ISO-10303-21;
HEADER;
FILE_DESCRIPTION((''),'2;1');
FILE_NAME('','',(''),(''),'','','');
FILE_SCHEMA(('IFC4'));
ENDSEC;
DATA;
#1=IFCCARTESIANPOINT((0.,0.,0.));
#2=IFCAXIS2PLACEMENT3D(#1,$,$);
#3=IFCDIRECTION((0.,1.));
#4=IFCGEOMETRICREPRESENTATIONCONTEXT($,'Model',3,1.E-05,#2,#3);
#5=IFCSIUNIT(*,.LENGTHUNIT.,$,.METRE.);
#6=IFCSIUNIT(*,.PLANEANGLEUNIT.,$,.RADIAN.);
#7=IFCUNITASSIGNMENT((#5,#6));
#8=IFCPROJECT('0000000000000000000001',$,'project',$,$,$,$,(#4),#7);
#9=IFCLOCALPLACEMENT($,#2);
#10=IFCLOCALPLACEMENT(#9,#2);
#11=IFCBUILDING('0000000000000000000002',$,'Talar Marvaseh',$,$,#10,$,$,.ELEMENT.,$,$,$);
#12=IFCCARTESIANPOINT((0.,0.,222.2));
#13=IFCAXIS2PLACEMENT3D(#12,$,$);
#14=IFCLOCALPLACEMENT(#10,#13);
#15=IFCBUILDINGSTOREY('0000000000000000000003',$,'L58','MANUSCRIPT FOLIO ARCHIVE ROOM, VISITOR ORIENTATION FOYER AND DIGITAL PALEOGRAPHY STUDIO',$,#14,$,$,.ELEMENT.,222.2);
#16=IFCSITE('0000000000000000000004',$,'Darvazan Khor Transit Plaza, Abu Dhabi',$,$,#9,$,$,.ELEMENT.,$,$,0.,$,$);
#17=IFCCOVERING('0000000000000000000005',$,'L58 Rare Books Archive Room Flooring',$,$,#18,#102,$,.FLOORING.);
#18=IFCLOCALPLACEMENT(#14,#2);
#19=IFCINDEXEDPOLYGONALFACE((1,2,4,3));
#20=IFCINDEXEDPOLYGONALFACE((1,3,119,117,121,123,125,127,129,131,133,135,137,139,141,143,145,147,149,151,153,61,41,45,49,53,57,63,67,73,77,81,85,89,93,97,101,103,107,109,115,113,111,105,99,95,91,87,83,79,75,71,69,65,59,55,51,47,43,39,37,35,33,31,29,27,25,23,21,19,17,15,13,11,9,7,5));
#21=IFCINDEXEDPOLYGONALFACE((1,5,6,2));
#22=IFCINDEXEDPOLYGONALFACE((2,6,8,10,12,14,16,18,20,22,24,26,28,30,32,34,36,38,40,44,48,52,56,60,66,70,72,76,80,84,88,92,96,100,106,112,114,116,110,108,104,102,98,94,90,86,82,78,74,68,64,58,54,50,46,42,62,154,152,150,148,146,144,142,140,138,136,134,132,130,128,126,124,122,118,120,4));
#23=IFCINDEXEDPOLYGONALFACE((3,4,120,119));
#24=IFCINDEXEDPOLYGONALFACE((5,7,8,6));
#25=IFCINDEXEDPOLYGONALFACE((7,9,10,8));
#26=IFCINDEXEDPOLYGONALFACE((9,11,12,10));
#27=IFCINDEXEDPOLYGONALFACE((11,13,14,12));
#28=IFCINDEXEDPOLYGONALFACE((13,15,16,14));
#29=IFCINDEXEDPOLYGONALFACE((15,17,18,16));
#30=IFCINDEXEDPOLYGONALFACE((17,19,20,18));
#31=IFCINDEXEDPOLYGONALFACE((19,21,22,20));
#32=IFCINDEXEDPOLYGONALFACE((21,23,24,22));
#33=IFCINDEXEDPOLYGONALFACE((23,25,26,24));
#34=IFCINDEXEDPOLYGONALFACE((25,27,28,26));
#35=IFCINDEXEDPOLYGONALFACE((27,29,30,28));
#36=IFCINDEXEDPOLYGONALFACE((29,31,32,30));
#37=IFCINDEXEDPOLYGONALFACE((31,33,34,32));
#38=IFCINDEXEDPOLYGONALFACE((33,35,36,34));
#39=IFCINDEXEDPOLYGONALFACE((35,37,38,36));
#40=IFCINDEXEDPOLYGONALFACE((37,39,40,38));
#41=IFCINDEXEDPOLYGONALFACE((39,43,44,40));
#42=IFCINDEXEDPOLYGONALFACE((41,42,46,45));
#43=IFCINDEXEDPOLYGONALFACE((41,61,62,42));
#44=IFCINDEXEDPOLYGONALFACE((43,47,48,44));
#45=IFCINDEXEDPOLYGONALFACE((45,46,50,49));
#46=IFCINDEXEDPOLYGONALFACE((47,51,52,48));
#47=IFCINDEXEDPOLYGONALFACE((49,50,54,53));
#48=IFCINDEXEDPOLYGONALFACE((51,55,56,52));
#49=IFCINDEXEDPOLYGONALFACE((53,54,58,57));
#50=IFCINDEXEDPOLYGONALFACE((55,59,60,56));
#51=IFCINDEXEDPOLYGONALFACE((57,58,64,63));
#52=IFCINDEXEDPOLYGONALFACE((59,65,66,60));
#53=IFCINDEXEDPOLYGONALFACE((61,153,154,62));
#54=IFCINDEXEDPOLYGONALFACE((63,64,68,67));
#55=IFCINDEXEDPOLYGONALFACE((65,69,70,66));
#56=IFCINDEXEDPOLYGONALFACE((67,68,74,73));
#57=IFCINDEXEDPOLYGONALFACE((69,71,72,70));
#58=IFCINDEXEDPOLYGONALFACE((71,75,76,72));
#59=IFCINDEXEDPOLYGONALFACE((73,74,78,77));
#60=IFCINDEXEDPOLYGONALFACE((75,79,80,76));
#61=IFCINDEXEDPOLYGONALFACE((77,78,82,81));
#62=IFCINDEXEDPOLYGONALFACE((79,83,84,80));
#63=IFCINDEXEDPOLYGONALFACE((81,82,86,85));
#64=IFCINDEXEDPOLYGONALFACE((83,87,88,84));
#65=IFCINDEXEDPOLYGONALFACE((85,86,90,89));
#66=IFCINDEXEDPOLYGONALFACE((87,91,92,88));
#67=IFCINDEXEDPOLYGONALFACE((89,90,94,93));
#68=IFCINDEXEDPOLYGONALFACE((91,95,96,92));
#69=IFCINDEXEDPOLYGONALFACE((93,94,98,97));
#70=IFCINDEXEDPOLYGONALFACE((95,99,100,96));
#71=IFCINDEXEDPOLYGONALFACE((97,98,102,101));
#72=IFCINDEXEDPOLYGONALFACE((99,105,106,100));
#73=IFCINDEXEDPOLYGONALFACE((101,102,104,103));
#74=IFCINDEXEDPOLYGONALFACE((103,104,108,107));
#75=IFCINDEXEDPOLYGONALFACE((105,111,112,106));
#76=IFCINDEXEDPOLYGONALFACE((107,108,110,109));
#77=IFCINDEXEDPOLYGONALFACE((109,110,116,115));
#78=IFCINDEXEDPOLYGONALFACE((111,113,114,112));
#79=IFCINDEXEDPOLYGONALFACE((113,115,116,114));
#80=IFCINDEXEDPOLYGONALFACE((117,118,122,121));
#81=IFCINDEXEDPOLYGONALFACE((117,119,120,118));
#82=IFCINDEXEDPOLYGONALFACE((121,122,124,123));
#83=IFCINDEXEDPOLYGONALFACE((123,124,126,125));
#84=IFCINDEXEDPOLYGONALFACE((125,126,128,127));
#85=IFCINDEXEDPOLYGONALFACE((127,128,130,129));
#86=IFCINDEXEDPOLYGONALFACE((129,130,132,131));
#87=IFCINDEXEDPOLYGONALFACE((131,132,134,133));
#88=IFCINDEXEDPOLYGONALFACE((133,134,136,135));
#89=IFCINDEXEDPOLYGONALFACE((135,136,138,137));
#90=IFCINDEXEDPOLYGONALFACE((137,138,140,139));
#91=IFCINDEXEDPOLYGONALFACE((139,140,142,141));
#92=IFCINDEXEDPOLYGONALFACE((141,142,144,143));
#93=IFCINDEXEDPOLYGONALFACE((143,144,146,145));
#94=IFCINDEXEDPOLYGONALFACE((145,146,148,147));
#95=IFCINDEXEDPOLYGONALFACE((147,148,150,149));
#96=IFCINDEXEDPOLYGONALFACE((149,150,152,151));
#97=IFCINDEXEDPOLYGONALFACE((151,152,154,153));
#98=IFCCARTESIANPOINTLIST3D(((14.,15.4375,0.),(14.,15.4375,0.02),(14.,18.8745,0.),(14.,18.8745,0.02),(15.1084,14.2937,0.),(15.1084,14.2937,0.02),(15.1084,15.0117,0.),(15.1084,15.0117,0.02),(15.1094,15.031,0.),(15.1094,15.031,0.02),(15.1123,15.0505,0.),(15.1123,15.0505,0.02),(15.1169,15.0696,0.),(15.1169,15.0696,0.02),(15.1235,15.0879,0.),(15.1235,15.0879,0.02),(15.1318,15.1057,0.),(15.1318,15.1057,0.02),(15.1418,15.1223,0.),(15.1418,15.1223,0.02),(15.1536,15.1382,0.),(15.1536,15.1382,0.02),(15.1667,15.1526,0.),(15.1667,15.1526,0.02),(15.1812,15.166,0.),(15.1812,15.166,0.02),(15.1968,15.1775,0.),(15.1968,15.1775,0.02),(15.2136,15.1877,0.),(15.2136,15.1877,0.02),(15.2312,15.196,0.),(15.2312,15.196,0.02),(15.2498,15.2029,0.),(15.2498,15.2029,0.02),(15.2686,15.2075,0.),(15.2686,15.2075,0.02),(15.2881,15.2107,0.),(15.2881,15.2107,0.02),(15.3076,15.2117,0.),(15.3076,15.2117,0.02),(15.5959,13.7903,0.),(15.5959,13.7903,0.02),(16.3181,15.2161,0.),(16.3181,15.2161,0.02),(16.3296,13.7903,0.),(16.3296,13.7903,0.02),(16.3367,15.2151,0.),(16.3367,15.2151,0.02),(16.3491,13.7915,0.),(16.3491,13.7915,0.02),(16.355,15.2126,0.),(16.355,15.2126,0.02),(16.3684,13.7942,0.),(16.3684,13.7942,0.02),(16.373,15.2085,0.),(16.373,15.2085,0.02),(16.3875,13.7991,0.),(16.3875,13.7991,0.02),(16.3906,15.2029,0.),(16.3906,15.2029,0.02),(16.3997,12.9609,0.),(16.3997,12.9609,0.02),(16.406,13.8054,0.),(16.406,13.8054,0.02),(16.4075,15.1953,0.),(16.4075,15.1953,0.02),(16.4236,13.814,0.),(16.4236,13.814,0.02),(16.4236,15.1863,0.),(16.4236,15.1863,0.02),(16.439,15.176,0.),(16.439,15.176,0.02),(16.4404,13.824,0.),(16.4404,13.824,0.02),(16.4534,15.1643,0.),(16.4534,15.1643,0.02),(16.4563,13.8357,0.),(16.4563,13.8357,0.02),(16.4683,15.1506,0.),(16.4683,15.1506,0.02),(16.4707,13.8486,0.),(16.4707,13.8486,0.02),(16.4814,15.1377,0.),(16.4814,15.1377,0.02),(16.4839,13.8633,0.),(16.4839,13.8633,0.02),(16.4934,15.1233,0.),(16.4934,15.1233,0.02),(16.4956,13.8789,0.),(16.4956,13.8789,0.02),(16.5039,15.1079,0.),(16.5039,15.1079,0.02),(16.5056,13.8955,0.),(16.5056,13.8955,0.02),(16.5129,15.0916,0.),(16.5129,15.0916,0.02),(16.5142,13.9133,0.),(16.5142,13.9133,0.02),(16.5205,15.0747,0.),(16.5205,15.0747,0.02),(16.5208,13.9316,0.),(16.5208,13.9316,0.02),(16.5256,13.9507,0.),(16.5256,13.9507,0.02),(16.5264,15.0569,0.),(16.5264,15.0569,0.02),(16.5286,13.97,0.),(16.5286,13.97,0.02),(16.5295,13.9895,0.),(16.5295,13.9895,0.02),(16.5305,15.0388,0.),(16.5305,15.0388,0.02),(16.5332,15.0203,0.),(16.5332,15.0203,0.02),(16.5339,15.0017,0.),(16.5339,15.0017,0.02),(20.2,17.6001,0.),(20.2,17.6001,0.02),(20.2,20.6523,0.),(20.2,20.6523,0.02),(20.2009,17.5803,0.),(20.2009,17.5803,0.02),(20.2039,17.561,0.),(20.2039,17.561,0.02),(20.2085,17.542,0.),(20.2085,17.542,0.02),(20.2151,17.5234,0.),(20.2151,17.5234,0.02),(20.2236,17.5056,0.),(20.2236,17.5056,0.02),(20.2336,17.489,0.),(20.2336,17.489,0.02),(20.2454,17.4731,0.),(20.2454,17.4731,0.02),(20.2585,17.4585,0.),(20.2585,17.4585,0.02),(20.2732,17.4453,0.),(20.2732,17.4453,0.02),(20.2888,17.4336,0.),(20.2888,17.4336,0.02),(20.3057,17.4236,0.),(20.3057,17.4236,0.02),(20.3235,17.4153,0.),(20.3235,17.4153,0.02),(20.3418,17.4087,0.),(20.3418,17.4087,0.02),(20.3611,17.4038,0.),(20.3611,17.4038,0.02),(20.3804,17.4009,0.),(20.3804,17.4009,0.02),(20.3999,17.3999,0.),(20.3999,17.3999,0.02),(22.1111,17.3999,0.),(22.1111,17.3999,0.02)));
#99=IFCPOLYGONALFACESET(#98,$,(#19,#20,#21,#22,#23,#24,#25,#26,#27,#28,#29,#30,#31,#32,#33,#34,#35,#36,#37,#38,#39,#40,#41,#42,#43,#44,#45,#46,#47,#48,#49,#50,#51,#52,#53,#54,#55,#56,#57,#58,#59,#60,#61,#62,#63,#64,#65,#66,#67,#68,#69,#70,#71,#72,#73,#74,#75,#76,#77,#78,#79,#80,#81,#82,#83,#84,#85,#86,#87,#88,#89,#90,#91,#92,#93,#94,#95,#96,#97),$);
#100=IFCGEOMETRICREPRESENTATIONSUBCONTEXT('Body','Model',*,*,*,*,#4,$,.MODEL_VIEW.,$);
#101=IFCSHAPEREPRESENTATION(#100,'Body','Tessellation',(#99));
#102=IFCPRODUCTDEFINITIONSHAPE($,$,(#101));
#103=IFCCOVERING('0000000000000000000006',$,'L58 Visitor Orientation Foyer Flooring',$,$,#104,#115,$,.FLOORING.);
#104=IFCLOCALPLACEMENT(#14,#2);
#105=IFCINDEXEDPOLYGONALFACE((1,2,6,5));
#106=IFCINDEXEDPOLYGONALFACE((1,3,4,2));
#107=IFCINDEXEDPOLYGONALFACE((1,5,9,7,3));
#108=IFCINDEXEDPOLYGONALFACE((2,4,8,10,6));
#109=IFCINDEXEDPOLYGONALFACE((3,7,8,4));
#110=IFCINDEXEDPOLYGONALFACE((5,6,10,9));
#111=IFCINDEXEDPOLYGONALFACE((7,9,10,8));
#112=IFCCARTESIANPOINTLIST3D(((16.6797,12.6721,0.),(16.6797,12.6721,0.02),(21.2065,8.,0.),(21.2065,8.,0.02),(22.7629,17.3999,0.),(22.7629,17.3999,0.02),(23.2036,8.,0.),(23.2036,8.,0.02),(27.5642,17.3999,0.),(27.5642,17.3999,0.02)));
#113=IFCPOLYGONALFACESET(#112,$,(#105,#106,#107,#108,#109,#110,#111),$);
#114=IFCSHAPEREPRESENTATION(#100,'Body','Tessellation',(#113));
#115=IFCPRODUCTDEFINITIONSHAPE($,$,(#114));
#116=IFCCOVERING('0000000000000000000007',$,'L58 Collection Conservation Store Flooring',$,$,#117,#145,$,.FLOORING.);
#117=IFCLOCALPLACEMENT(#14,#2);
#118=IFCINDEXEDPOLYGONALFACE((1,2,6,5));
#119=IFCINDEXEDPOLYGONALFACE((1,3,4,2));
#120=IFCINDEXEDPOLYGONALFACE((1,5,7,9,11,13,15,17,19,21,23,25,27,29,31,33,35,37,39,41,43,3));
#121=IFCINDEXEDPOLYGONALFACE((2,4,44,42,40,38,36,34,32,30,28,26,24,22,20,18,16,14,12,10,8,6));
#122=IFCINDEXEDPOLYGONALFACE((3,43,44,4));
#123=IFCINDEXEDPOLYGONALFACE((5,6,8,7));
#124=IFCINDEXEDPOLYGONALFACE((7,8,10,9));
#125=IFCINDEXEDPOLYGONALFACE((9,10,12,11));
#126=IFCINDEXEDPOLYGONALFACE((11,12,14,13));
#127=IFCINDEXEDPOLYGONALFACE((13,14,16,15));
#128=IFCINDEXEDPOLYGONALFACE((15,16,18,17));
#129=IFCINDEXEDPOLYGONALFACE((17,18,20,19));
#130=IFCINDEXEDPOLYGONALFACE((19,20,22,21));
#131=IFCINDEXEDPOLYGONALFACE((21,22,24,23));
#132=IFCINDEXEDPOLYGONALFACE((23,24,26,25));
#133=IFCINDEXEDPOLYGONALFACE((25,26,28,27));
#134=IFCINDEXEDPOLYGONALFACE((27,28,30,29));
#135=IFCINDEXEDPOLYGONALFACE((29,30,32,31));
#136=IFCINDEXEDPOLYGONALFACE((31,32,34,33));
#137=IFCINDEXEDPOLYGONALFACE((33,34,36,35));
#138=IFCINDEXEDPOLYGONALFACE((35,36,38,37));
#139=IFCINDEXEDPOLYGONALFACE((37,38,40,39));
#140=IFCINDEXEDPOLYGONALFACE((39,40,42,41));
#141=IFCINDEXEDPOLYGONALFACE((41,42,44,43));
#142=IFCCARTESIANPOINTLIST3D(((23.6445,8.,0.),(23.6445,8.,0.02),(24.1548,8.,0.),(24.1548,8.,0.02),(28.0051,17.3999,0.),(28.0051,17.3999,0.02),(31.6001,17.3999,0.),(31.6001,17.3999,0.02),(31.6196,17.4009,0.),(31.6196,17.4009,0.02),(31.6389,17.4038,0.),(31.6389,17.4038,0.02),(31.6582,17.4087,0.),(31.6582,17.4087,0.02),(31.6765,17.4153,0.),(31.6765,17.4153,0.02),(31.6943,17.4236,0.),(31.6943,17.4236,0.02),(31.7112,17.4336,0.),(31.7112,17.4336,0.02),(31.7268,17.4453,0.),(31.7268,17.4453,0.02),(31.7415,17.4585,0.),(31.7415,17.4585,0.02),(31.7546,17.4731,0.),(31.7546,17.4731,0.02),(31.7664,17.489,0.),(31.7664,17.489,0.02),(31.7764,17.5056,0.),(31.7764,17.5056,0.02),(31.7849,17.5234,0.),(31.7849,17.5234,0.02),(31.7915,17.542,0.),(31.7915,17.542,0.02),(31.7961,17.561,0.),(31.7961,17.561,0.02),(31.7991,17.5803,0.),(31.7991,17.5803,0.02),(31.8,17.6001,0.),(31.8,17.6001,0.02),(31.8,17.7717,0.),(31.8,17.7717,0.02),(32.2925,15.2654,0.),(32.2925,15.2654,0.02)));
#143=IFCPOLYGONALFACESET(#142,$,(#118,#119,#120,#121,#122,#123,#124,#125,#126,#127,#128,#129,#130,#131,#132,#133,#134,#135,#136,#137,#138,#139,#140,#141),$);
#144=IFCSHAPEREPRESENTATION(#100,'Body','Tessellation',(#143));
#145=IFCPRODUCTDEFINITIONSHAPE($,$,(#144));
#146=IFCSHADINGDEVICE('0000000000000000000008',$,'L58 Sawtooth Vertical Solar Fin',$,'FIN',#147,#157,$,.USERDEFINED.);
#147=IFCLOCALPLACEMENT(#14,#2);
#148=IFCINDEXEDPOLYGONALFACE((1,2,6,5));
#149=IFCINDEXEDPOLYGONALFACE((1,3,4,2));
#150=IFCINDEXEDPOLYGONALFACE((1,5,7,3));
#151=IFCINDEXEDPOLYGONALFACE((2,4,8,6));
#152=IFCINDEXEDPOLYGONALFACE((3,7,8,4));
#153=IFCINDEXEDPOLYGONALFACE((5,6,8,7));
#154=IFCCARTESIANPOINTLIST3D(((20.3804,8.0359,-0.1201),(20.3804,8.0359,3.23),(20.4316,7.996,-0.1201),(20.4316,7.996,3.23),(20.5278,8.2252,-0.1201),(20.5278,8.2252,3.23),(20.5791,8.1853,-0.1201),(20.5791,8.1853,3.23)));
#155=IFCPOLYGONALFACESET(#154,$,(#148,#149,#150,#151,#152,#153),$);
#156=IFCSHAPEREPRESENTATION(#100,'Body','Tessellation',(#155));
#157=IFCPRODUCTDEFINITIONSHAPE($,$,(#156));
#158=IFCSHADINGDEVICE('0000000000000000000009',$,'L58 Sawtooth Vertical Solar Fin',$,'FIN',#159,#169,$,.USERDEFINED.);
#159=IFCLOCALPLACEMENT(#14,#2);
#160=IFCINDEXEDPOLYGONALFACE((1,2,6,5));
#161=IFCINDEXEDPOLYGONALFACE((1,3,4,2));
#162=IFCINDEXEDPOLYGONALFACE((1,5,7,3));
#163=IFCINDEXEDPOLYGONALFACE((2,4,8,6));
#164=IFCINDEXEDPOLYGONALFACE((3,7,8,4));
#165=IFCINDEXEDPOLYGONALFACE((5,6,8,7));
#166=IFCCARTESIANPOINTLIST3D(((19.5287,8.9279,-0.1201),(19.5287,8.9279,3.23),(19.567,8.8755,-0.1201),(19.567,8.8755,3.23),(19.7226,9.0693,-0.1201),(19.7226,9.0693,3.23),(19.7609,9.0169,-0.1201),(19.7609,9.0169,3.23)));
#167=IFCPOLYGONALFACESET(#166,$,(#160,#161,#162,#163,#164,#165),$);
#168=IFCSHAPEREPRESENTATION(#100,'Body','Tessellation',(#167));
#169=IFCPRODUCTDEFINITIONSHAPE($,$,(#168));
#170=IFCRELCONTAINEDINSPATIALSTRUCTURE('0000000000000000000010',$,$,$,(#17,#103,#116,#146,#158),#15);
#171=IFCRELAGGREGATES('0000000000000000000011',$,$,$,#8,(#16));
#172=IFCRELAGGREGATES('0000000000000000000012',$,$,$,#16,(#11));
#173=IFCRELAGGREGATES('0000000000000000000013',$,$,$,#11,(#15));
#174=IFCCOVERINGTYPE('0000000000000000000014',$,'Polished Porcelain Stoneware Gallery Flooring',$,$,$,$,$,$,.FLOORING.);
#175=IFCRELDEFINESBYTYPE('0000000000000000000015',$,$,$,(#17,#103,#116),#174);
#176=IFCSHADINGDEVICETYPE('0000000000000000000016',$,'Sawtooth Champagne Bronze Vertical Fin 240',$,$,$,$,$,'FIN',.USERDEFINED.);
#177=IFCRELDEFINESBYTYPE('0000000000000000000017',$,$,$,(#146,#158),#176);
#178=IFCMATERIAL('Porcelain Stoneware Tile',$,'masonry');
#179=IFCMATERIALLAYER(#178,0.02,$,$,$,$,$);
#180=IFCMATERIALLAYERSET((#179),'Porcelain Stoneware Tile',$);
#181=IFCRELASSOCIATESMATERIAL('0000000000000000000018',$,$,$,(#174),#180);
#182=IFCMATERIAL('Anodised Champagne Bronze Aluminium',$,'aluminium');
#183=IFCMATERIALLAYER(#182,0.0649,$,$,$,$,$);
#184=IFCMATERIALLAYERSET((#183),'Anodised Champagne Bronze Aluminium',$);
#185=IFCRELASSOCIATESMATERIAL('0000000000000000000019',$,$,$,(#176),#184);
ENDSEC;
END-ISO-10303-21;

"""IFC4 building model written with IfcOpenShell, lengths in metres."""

from ifc_helpers import new_model, si_unit, direction, frame, origin, origin_2d, place, context, subcontext, project, spatial, polyline, rectangle, outline, extrude, source, transform, mapped, material, layer, layer_set, type_object, type_shapes, element, save


model = new_model("IFC4")

# Units and contexts
model_context = context("Model", 3, precision=1e-05, world=origin(), true_north=direction((0.0, 1.0)))
body_context = subcontext(model_context, "Body", "Model", "MODEL_VIEW")
ifc_project = project(units=[si_unit("LENGTHUNIT", "METRE"), si_unit("PLANEANGLEUNIT", "RADIAN")], contexts=[model_context])

# Site, building, storey
site_placement = place(None, origin())
site = spatial("IfcSite", under=ifc_project, at=site_placement, Name="Darvazan Khor Transit Plaza, Abu Dhabi", CompositionType="ELEMENT", RefElevation=0.0)
building_placement = place(site_placement, origin())
building = spatial("IfcBuilding", under=site, at=building_placement, Name="Talar Marvaseh", CompositionType="ELEMENT")
storey_placement = place(building_placement, frame((0.0, 0.0, 222.2)))
storey = spatial("IfcBuildingStorey", under=building, at=storey_placement, Name="L58", Description="MANUSCRIPT FOLIO ARCHIVE ROOM, VISITOR ORIENTATION FOYER AND DIGITAL PALEOGRAPHY STUDIO", CompositionType="ELEMENT", Elevation=222.2)

# Coverings
ifc_material_1 = material(Name="Porcelain Stoneware Tile", Category="masonry")
ifc_layer_1 = layer(ifc_material_1, 0.02)
ifc_layer_set_1 = layer_set([ifc_layer_1], Name="Porcelain Stoneware Tile")
covering_type_1 = type_object("IfcCoveringType", Name="Polished Porcelain Stoneware Gallery Flooring", PredefinedType="FLOORING", material=ifc_layer_set_1)
covering_1_placement = place(storey_placement, origin())
element("IfcCovering", 1, at=covering_1_placement, inside=storey, type_object=covering_type_1, Name="L58 Rare Books Archive Room Flooring", PredefinedType="FLOORING", context=body_context, shape_type="SweptSolid", body=[
    extrude(outline(polyline([(20.2, 17.6001), (20.2009, 17.5803), (20.2039, 17.561), (20.2085, 17.542), (20.2151, 17.5234), (20.2236, 17.5056), (20.2336, 17.489), (20.2454, 17.4731), (20.2585, 17.4585), (20.2732, 17.4453), (20.2888, 17.4336), (20.3057, 17.4236), (20.3235, 17.4153), (20.3418, 17.4087), (20.3611, 17.4038), (20.3804, 17.4009), (20.3999, 17.3999), (22.1111, 17.3999), (16.3997, 12.9609), (15.5959, 13.7903), (16.3296, 13.7903), (16.3491, 13.7915), (16.3684, 13.7942), (16.3875, 13.7991), (16.406, 13.8054), (16.4236, 13.814), (16.4404, 13.824), (16.4563, 13.8357), (16.4707, 13.8486), (16.4839, 13.8633), (16.4956, 13.8789), (16.5056, 13.8955), (16.5142, 13.9133), (16.5208, 13.9316), (16.5256, 13.9507), (16.5286, 13.97), (16.5295, 13.9895), (16.5339, 15.0017), (16.5332, 15.0203), (16.5305, 15.0388), (16.5264, 15.0569), (16.5205, 15.0747), (16.5129, 15.0916), (16.5039, 15.1079), (16.4934, 15.1233), (16.4814, 15.1377), (16.4683, 15.1506), (16.4534, 15.1643), (16.439, 15.176), (16.4236, 15.1863), (16.4075, 15.1953), (16.3906, 15.2029), (16.373, 15.2085), (16.355, 15.2126), (16.3367, 15.2151), (16.3181, 15.2161), (15.3076, 15.2117), (15.2881, 15.2107), (15.2686, 15.2075), (15.2498, 15.2029), (15.2312, 15.196), (15.2136, 15.1877), (15.1968, 15.1775), (15.1812, 15.166), (15.1667, 15.1526), (15.1536, 15.1382), (15.1418, 15.1223), (15.1318, 15.1057), (15.1235, 15.0879), (15.1169, 15.0696), (15.1123, 15.0505), (15.1094, 15.031), (15.1084, 15.0117), (15.1084, 14.2937), (14.0, 15.4375), (14.0, 18.8745), (20.2, 20.6523), (20.2, 17.6001)])), origin(), (0.0, 0.0, 1.0), 0.02),
])
covering_2_placement = place(storey_placement, origin())
element("IfcCovering", 2, at=covering_2_placement, inside=storey, type_object=covering_type_1, Name="L58 Visitor Orientation Foyer Flooring", PredefinedType="FLOORING", context=body_context, shape_type="SweptSolid", body=[
    extrude(outline(polyline([(27.5642, 17.3999), (23.2036, 8.0), (21.2065, 8.0), (16.6797, 12.6721), (22.7629, 17.3999), (27.5642, 17.3999)])), origin(), (0.0, 0.0, 1.0), 0.02),
])
covering_3_placement = place(storey_placement, origin())
element("IfcCovering", 3, at=covering_3_placement, inside=storey, type_object=covering_type_1, Name="L58 Collection Conservation Store Flooring", PredefinedType="FLOORING", context=body_context, shape_type="SweptSolid", body=[
    extrude(outline(polyline([(31.6001, 17.3999), (31.6196, 17.4009), (31.6389, 17.4038), (31.6582, 17.4087), (31.6765, 17.4153), (31.6943, 17.4236), (31.7112, 17.4336), (31.7268, 17.4453), (31.7415, 17.4585), (31.7546, 17.4731), (31.7664, 17.489), (31.7764, 17.5056), (31.7849, 17.5234), (31.7915, 17.542), (31.7961, 17.561), (31.7991, 17.5803), (31.8, 17.6001), (31.8, 17.7717), (32.2925, 15.2654), (24.1548, 8.0), (23.6445, 8.0), (28.0051, 17.3999), (31.6001, 17.3999)])), origin(), (0.0, 0.0, 1.0), 0.02),
])

# Shading devices
ifc_material_2 = material(Name="Anodised Champagne Bronze Aluminium", Category="aluminium")
ifc_layer_2 = layer(ifc_material_2, 0.0649)
ifc_layer_set_2 = layer_set([ifc_layer_2], Name="Anodised Champagne Bronze Aluminium")
shading_device_type_1 = type_object("IfcShadingDeviceType", Name="Sawtooth Champagne Bronze Vertical Fin 240", ElementType="FIN", PredefinedType="USERDEFINED", material=ifc_layer_set_2)
shared_shape_1 = source(origin(), body_context, "Body", "SweptSolid", [
    extrude(rectangle(XDim=0.24, YDim=0.0649, at=origin_2d()), origin(), (0.0, 0.0, 1.0), 3.3501),
])
type_shapes(shading_device_type_1, [shared_shape_1])
for number, where, z_axis, x_axis, name in (
    (4, (20.4797, 8.1106, -0.1201), (0.0, 0.0, 1.0), (-0.614285, -0.789084, 0.0), "L58 Sawtooth Vertical Solar Fin"),
    (5, (19.6448, 8.9724, -0.1201), (0.0, 0.0, 1.0), (-0.80799, -0.589196, 0.0), "L58 Sawtooth Vertical Solar Fin"),
):
    element("IfcShadingDevice", number, at=place(storey_placement, frame(where, z_axis=z_axis, x_axis=x_axis)), inside=storey, type_object=shading_device_type_1, Name=name, ObjectType="FIN", PredefinedType="USERDEFINED", context=body_context, shape_type="MappedRepresentation", body=[
        mapped(shared_shape_1, transform((0.0, 0.0, 0.0), x_axis=(1.0, 0.0, 0.0), y_axis=(0.0, 1.0, 0.0), z_axis=(0.0, 0.0, 1.0), scale=1.0)),
    ])

save(model, "model.ifc")
